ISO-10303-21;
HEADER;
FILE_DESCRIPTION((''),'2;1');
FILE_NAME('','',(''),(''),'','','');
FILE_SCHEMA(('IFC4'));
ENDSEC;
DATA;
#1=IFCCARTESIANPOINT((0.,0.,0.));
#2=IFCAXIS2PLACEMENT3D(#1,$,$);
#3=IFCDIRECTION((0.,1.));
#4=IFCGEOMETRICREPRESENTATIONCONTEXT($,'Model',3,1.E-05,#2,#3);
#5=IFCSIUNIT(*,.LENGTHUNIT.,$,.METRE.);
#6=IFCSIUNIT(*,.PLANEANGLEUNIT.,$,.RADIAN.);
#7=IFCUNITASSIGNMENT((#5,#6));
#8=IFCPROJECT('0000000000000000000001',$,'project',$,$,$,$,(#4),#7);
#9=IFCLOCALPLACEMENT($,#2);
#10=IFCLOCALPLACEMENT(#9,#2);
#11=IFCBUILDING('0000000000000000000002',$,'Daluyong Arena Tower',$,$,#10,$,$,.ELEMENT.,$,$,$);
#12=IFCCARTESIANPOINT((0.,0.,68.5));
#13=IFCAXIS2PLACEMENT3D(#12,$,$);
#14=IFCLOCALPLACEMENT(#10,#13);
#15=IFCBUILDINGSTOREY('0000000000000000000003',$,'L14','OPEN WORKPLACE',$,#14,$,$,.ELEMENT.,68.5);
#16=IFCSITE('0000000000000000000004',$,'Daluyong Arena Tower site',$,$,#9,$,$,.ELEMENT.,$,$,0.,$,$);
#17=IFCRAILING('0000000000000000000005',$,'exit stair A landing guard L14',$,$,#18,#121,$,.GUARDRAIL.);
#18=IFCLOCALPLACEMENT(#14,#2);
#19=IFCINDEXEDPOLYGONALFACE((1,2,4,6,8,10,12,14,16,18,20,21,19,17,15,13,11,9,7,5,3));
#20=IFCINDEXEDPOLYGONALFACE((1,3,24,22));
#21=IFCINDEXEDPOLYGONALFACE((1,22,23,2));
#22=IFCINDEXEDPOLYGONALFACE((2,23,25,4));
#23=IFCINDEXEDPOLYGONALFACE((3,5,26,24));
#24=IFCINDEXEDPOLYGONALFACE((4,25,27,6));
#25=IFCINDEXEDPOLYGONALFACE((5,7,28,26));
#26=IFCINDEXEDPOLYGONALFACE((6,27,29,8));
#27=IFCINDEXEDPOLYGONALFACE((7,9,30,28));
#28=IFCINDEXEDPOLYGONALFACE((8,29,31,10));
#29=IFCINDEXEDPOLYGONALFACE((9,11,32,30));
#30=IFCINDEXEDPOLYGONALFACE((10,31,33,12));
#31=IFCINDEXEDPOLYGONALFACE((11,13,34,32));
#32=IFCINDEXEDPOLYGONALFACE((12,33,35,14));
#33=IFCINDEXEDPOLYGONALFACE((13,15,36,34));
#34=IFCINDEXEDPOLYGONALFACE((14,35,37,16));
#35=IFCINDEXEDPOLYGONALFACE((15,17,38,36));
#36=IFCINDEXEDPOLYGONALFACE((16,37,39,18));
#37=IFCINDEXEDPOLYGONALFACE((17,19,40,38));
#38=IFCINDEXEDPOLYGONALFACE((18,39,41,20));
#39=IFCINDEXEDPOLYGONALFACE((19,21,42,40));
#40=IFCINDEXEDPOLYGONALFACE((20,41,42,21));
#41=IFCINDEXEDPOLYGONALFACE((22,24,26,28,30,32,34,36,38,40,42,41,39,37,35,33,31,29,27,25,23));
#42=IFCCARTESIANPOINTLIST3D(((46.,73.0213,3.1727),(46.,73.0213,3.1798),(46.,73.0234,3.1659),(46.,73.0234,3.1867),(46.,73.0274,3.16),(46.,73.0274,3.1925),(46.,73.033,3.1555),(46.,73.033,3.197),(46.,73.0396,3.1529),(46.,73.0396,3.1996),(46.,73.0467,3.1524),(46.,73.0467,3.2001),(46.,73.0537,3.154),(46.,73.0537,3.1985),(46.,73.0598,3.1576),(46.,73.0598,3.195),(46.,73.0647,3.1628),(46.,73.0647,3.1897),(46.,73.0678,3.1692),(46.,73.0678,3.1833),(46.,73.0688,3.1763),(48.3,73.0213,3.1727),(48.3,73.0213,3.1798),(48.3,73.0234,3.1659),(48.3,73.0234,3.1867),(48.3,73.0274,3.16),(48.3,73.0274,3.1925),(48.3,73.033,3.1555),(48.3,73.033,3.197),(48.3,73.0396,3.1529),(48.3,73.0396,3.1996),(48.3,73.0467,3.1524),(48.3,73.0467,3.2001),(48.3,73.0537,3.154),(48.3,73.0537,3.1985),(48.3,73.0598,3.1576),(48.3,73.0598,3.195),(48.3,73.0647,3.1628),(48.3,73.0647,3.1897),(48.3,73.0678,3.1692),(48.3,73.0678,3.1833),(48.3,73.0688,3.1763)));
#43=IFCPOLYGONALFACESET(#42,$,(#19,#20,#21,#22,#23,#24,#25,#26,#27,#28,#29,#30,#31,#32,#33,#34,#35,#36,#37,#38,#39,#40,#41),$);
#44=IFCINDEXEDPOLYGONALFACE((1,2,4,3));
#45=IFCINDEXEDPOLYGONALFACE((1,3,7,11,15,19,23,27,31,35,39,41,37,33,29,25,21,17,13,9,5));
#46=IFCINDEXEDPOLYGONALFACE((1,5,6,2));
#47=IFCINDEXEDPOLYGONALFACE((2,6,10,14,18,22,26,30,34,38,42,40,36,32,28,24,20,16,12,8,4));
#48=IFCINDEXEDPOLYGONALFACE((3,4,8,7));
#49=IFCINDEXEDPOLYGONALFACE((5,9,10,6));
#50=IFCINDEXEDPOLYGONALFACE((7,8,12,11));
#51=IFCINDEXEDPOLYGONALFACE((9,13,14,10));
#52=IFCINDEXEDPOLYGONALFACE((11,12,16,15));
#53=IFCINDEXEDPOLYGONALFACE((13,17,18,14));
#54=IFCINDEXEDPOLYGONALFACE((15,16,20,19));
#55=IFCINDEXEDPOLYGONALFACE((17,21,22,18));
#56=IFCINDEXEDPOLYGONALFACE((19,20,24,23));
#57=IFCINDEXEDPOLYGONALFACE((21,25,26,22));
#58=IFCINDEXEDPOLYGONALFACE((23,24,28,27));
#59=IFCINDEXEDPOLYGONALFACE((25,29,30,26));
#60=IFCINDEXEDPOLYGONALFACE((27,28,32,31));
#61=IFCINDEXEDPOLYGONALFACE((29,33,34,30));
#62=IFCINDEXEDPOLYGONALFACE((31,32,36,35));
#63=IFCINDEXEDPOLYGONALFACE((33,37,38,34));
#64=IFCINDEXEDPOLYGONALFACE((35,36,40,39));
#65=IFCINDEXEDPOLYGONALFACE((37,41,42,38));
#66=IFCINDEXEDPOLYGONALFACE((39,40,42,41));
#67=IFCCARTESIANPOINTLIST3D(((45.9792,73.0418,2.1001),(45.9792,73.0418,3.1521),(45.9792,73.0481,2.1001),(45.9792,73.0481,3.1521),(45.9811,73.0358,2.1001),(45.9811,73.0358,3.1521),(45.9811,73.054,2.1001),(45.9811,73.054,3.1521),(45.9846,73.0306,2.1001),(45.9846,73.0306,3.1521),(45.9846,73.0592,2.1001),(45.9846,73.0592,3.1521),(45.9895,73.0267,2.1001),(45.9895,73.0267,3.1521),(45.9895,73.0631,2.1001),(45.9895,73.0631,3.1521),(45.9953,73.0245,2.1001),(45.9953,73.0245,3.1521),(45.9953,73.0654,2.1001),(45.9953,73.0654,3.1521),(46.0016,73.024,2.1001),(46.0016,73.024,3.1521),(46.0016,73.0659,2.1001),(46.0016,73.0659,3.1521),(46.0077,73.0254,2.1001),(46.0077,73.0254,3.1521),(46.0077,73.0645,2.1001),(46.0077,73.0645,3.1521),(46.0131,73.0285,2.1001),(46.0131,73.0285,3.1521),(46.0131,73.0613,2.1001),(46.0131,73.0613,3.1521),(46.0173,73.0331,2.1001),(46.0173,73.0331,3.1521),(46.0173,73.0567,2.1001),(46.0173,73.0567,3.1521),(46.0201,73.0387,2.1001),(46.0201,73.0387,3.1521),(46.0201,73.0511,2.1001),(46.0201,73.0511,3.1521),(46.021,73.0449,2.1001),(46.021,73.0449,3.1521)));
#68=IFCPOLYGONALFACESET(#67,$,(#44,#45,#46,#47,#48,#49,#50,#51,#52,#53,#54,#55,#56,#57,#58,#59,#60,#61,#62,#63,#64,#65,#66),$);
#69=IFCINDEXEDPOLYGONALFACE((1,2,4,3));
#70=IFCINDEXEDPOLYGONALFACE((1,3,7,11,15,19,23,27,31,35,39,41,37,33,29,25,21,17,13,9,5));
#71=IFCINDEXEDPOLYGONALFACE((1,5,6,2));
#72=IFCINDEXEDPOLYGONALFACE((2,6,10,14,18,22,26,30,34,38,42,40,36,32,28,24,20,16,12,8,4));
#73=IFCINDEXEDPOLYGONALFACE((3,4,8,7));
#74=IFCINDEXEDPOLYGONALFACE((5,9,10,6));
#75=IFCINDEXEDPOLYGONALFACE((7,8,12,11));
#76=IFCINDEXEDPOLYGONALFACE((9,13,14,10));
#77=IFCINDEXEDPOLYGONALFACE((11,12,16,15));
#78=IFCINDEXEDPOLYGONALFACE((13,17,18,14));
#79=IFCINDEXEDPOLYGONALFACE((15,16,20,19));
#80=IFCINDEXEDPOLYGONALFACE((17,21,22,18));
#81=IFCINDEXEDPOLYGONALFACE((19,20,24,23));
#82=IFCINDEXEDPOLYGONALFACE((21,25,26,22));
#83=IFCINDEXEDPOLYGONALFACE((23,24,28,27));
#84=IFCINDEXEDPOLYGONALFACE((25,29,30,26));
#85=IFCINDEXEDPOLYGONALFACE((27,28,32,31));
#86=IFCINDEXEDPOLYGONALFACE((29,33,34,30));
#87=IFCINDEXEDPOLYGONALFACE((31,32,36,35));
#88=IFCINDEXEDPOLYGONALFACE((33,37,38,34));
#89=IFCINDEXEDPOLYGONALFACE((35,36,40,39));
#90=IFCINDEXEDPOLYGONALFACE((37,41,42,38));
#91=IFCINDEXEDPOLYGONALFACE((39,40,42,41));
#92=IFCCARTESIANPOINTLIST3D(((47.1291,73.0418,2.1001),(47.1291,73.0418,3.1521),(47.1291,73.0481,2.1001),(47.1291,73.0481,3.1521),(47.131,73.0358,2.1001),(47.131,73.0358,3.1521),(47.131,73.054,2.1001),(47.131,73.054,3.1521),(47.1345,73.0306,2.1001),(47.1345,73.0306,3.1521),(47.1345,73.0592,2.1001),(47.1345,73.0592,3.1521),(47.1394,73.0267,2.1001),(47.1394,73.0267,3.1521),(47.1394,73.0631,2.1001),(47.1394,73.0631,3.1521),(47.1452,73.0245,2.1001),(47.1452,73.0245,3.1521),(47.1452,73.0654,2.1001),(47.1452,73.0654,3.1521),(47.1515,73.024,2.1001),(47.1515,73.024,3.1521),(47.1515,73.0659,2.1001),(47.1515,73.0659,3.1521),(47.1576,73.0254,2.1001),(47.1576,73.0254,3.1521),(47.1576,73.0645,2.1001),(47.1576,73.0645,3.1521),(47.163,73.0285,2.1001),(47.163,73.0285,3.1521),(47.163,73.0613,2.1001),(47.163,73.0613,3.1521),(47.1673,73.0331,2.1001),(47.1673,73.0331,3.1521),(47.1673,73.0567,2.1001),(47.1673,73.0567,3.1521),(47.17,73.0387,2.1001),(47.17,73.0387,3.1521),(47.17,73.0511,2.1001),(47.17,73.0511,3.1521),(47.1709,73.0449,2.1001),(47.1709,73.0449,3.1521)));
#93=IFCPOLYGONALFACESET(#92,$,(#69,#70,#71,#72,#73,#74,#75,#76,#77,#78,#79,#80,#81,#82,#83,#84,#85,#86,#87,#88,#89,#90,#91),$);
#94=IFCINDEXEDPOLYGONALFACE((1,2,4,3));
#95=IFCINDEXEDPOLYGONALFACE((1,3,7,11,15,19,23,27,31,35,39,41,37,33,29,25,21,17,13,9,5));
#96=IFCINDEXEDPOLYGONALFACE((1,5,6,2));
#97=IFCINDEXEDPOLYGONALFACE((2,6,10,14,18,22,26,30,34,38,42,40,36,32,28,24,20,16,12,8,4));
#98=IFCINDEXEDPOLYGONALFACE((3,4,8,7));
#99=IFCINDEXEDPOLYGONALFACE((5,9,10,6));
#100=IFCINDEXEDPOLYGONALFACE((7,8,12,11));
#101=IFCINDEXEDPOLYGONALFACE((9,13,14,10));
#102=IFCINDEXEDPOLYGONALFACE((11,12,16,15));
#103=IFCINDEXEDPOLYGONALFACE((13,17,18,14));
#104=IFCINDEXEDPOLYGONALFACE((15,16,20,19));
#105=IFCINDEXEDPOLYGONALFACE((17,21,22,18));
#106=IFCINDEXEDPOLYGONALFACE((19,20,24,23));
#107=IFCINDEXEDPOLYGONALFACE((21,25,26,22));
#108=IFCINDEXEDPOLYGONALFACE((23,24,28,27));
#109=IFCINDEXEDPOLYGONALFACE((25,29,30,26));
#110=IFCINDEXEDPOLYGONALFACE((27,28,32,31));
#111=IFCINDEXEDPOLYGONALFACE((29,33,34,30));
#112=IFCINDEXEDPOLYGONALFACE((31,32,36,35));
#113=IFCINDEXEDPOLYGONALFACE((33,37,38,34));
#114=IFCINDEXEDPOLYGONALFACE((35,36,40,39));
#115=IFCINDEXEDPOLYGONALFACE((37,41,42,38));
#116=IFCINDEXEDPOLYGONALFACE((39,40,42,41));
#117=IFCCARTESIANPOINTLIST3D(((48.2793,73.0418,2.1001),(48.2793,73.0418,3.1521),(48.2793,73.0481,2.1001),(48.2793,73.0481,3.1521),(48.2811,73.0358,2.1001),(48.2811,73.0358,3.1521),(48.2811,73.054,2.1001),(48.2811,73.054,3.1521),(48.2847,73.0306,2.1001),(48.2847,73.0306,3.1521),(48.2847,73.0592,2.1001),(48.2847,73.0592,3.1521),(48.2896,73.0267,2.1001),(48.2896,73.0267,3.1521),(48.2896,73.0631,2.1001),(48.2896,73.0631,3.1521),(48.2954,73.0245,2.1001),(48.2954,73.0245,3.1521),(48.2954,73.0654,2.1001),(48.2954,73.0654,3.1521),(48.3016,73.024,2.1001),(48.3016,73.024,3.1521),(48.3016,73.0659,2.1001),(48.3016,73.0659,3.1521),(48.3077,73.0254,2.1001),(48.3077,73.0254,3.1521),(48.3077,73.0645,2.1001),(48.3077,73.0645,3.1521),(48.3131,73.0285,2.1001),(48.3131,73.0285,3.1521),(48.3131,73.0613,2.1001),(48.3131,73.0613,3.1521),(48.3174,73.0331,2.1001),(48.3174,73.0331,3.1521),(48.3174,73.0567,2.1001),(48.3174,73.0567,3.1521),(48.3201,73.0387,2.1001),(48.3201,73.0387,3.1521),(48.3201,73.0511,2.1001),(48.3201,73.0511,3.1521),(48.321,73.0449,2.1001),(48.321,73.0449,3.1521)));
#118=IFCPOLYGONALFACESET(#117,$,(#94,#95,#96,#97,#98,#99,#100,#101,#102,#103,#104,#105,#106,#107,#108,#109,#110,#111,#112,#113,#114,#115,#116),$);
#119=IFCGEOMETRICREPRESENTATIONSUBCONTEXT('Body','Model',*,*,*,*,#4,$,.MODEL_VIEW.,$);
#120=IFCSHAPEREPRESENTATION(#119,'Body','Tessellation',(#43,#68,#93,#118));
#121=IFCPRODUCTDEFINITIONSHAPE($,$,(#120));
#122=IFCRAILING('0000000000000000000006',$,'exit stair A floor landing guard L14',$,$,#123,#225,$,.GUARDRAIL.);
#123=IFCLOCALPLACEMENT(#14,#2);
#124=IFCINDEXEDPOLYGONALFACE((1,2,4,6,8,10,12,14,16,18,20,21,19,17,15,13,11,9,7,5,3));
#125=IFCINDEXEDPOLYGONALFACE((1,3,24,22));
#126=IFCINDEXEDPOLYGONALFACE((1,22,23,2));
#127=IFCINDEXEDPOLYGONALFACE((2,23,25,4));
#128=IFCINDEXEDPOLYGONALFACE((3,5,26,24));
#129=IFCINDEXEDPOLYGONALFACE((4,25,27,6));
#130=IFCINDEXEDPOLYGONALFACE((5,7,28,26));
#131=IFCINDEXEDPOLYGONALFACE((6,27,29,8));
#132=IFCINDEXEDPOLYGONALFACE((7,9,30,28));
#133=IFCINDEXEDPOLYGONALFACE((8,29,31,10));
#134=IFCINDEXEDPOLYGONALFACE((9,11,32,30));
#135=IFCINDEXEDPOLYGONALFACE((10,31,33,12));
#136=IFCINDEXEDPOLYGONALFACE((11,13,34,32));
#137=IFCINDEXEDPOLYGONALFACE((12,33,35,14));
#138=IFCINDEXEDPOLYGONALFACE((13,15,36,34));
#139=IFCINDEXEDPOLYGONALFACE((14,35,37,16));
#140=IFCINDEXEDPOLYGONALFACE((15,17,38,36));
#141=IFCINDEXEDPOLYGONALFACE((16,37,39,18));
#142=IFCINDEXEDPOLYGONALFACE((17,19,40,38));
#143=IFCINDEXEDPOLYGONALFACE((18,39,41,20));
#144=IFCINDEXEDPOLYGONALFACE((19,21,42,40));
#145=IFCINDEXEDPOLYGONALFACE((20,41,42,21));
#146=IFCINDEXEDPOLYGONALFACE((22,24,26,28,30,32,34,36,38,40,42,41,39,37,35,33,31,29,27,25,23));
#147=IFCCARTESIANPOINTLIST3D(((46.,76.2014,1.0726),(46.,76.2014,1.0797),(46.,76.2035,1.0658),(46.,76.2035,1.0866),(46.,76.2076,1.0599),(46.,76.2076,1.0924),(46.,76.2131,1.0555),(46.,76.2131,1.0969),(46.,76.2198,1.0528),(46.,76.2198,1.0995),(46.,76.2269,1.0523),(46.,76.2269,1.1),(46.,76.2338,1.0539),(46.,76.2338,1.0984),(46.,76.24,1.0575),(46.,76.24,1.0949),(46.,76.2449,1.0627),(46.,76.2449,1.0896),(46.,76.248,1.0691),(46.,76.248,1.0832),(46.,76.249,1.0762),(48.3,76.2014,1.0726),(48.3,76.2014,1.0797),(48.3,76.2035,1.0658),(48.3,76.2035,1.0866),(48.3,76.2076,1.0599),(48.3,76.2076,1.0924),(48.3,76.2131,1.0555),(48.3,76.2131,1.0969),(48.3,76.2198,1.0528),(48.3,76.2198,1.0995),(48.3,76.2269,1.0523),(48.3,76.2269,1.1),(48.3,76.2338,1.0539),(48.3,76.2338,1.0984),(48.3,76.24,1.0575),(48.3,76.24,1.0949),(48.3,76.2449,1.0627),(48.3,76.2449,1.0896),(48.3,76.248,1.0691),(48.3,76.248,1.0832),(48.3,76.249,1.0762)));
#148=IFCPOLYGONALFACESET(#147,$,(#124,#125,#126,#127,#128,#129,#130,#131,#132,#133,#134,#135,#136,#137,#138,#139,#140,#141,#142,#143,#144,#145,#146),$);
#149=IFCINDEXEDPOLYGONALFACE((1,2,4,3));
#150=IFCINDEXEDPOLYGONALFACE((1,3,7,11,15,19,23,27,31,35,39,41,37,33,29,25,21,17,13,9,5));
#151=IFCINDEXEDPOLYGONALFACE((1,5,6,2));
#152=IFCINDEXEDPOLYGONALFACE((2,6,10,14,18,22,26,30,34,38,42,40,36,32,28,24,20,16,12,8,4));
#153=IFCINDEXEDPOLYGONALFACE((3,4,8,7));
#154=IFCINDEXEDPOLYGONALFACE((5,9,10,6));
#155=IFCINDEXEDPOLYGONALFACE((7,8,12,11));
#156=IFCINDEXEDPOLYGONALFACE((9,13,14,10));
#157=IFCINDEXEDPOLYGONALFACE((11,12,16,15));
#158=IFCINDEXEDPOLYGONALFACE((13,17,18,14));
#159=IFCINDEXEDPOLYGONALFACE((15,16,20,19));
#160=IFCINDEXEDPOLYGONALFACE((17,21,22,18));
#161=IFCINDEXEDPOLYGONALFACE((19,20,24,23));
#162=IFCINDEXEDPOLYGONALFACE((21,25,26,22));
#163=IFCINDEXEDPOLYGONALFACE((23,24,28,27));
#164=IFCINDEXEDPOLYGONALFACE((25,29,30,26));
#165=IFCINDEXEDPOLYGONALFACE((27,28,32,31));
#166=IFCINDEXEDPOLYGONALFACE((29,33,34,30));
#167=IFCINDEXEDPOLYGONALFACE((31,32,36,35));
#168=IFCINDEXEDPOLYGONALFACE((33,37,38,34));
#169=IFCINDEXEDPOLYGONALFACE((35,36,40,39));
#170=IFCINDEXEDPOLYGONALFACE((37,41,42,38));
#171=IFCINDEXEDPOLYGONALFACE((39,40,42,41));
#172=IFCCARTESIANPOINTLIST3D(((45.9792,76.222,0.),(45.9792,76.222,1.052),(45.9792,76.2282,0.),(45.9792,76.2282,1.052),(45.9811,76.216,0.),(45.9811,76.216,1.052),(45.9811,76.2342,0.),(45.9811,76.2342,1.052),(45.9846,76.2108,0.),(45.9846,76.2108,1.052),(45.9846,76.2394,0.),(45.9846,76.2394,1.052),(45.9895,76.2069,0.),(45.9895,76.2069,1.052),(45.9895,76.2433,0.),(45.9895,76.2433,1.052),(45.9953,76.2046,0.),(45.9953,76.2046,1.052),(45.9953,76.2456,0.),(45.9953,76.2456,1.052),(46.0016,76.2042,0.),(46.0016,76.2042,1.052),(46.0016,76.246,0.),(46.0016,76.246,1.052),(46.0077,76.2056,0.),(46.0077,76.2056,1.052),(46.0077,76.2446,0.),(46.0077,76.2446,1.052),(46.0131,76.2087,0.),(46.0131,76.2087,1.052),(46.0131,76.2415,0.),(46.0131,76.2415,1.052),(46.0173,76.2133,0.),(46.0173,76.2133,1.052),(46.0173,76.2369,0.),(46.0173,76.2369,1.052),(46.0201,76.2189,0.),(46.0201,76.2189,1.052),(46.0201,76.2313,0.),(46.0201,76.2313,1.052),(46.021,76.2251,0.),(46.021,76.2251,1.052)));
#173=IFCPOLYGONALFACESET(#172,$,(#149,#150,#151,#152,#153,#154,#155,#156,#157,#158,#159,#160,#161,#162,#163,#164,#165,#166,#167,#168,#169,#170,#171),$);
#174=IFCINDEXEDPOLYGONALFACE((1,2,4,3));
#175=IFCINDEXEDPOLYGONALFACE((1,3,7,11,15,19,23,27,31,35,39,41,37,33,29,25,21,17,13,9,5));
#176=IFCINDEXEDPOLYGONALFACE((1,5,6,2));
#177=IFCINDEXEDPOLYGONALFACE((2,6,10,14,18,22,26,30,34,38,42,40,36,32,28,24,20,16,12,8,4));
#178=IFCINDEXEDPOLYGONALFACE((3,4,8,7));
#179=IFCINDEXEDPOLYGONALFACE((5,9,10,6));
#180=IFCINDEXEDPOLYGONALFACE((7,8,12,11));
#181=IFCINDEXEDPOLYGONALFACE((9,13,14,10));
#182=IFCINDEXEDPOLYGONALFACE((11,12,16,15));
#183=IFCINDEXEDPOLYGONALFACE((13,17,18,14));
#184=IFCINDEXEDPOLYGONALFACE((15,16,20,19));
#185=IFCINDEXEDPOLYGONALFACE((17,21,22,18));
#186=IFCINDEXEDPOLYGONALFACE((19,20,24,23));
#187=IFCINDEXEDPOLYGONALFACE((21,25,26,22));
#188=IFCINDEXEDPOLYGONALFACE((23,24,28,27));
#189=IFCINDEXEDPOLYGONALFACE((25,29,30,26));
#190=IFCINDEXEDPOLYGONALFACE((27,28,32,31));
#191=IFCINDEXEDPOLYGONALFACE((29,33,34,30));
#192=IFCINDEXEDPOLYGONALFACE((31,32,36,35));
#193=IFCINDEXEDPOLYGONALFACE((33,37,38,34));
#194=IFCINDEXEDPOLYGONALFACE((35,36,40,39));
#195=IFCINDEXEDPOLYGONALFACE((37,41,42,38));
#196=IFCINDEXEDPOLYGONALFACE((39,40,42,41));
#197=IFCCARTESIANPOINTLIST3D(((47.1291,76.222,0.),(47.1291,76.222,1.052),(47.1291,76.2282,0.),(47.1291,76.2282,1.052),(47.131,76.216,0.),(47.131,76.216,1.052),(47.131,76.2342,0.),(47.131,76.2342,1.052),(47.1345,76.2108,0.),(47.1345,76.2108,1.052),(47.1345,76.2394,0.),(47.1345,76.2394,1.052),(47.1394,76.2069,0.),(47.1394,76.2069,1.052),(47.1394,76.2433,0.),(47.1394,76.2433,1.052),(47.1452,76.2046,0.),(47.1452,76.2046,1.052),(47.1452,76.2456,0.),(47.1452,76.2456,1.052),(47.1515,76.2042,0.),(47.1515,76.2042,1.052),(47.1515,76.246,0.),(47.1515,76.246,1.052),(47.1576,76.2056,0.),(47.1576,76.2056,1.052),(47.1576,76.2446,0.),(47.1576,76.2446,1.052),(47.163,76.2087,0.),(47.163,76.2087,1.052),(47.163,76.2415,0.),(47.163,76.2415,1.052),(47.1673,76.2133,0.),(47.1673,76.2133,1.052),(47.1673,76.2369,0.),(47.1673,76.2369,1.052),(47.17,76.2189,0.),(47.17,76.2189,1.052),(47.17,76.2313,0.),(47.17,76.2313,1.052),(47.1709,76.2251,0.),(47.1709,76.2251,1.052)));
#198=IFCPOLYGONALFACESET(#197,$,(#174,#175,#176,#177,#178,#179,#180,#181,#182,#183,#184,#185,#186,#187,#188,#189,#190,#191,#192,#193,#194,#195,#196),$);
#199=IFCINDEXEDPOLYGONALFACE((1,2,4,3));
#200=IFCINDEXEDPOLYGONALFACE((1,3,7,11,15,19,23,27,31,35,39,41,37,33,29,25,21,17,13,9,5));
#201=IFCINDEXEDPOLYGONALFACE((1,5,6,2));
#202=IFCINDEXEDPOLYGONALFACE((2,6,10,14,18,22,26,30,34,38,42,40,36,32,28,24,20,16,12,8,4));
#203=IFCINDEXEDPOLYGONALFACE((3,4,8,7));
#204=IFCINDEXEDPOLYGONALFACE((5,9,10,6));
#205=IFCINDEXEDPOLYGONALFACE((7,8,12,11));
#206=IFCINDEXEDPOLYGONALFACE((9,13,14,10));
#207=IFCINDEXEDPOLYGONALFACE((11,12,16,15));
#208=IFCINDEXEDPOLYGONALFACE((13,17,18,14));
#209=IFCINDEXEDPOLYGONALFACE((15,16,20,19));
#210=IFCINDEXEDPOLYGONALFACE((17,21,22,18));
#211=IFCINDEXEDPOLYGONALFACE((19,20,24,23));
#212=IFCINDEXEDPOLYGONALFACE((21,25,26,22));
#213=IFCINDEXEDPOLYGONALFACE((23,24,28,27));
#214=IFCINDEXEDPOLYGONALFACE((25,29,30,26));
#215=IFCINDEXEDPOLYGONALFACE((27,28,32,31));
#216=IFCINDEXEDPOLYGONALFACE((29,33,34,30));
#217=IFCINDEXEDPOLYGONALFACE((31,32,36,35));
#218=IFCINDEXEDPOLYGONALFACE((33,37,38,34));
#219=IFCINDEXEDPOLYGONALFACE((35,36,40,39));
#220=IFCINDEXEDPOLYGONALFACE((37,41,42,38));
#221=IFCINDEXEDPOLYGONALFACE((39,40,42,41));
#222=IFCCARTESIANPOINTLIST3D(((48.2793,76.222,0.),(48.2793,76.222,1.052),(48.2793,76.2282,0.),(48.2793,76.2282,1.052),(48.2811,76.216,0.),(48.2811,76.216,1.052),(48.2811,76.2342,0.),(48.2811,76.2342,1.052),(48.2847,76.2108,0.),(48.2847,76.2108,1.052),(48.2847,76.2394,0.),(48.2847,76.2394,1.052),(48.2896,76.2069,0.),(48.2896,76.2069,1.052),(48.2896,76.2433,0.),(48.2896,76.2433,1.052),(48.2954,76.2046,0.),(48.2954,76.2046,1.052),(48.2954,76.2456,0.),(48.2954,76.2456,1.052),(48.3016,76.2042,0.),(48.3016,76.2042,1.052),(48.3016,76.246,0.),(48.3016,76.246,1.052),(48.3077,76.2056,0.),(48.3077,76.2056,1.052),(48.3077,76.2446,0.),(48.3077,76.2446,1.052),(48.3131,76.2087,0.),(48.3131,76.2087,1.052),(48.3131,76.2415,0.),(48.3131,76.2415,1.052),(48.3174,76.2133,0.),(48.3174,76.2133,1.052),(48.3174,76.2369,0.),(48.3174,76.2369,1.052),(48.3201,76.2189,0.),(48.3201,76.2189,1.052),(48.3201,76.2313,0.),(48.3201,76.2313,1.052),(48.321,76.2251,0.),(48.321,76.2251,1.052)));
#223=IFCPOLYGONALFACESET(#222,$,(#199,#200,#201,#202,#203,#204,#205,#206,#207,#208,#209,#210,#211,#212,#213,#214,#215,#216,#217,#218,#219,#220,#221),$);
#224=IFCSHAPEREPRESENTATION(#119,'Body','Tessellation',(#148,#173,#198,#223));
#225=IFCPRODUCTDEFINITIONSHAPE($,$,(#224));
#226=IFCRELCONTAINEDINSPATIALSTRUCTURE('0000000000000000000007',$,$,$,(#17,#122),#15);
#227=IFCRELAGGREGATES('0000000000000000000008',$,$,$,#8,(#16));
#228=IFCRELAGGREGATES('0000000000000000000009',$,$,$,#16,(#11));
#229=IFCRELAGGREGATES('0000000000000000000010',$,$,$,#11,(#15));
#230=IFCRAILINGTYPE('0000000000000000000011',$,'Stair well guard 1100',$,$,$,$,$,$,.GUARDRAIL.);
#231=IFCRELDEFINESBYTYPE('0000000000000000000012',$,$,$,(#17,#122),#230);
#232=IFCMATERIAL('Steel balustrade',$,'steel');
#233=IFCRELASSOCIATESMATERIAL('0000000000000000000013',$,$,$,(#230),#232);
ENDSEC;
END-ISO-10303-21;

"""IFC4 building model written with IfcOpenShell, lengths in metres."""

from ifc_helpers import new_model, si_unit, direction, frame, origin, origin_2d, place, context, subcontext, project, spatial, circle, extrude, material, type_object, element, save


model = new_model("IFC4")

# Units and contexts
model_context = context("Model", 3, precision=1e-05, world=origin(), true_north=direction((0.0, 1.0)))
body_context = subcontext(model_context, "Body", "Model", "MODEL_VIEW")
ifc_project = project(units=[si_unit("LENGTHUNIT", "METRE"), si_unit("PLANEANGLEUNIT", "RADIAN")], contexts=[model_context])

# Site, building, storey
site_placement = place(None, origin())
site = spatial("IfcSite", under=ifc_project, at=site_placement, Name="Daluyong Arena Tower site", CompositionType="ELEMENT", RefElevation=0.0)
building_placement = place(site_placement, origin())
building = spatial("IfcBuilding", under=site, at=building_placement, Name="Daluyong Arena Tower", CompositionType="ELEMENT")
storey_placement = place(building_placement, frame((0.0, 0.0, 68.5)))
storey = spatial("IfcBuildingStorey", under=building, at=storey_placement, Name="L14", Description="OPEN WORKPLACE", CompositionType="ELEMENT", Elevation=68.5)

# Railings
ifc_material_1 = material(Name="Steel balustrade", Category="steel")
railing_type_1 = type_object("IfcRailingType", Name="Stair well guard 1100", PredefinedType="GUARDRAIL", material=ifc_material_1)
for number, where, name in (
    (1, (46.0, 73.0449, 2.1001), "exit stair A landing guard L14"),
    (2, (46.0, 76.2251, 0.0), "exit stair A floor landing guard L14"),
):
    element("IfcRailing", number, at=place(storey_placement, frame(where)), inside=storey, type_object=railing_type_1, Name=name, PredefinedType="GUARDRAIL", context=body_context, shape_type="SweptSolid", body=[
        extrude(circle(Radius=0.0239, at=origin_2d()), frame((0.0, 0.0, 1.0762), z_axis=(1.0, 0.0, 0.0), x_axis=(0.0, 1.0, 0.0)), (0.0, 0.0, 1.0), 2.3),
        extrude(circle(Radius=0.021, at=origin_2d()), origin(), (0.0, 0.0, 1.0), 1.052),
        extrude(circle(Radius=0.021, at=origin_2d()), frame((1.1499, 0.0, 0.0)), (0.0, 0.0, 1.0), 1.052),
        extrude(circle(Radius=0.021, at=origin_2d()), frame((2.3, 0.0, 0.0)), (0.0, 0.0, 1.0), 1.052),
    ])

save(model, "model.ifc")
